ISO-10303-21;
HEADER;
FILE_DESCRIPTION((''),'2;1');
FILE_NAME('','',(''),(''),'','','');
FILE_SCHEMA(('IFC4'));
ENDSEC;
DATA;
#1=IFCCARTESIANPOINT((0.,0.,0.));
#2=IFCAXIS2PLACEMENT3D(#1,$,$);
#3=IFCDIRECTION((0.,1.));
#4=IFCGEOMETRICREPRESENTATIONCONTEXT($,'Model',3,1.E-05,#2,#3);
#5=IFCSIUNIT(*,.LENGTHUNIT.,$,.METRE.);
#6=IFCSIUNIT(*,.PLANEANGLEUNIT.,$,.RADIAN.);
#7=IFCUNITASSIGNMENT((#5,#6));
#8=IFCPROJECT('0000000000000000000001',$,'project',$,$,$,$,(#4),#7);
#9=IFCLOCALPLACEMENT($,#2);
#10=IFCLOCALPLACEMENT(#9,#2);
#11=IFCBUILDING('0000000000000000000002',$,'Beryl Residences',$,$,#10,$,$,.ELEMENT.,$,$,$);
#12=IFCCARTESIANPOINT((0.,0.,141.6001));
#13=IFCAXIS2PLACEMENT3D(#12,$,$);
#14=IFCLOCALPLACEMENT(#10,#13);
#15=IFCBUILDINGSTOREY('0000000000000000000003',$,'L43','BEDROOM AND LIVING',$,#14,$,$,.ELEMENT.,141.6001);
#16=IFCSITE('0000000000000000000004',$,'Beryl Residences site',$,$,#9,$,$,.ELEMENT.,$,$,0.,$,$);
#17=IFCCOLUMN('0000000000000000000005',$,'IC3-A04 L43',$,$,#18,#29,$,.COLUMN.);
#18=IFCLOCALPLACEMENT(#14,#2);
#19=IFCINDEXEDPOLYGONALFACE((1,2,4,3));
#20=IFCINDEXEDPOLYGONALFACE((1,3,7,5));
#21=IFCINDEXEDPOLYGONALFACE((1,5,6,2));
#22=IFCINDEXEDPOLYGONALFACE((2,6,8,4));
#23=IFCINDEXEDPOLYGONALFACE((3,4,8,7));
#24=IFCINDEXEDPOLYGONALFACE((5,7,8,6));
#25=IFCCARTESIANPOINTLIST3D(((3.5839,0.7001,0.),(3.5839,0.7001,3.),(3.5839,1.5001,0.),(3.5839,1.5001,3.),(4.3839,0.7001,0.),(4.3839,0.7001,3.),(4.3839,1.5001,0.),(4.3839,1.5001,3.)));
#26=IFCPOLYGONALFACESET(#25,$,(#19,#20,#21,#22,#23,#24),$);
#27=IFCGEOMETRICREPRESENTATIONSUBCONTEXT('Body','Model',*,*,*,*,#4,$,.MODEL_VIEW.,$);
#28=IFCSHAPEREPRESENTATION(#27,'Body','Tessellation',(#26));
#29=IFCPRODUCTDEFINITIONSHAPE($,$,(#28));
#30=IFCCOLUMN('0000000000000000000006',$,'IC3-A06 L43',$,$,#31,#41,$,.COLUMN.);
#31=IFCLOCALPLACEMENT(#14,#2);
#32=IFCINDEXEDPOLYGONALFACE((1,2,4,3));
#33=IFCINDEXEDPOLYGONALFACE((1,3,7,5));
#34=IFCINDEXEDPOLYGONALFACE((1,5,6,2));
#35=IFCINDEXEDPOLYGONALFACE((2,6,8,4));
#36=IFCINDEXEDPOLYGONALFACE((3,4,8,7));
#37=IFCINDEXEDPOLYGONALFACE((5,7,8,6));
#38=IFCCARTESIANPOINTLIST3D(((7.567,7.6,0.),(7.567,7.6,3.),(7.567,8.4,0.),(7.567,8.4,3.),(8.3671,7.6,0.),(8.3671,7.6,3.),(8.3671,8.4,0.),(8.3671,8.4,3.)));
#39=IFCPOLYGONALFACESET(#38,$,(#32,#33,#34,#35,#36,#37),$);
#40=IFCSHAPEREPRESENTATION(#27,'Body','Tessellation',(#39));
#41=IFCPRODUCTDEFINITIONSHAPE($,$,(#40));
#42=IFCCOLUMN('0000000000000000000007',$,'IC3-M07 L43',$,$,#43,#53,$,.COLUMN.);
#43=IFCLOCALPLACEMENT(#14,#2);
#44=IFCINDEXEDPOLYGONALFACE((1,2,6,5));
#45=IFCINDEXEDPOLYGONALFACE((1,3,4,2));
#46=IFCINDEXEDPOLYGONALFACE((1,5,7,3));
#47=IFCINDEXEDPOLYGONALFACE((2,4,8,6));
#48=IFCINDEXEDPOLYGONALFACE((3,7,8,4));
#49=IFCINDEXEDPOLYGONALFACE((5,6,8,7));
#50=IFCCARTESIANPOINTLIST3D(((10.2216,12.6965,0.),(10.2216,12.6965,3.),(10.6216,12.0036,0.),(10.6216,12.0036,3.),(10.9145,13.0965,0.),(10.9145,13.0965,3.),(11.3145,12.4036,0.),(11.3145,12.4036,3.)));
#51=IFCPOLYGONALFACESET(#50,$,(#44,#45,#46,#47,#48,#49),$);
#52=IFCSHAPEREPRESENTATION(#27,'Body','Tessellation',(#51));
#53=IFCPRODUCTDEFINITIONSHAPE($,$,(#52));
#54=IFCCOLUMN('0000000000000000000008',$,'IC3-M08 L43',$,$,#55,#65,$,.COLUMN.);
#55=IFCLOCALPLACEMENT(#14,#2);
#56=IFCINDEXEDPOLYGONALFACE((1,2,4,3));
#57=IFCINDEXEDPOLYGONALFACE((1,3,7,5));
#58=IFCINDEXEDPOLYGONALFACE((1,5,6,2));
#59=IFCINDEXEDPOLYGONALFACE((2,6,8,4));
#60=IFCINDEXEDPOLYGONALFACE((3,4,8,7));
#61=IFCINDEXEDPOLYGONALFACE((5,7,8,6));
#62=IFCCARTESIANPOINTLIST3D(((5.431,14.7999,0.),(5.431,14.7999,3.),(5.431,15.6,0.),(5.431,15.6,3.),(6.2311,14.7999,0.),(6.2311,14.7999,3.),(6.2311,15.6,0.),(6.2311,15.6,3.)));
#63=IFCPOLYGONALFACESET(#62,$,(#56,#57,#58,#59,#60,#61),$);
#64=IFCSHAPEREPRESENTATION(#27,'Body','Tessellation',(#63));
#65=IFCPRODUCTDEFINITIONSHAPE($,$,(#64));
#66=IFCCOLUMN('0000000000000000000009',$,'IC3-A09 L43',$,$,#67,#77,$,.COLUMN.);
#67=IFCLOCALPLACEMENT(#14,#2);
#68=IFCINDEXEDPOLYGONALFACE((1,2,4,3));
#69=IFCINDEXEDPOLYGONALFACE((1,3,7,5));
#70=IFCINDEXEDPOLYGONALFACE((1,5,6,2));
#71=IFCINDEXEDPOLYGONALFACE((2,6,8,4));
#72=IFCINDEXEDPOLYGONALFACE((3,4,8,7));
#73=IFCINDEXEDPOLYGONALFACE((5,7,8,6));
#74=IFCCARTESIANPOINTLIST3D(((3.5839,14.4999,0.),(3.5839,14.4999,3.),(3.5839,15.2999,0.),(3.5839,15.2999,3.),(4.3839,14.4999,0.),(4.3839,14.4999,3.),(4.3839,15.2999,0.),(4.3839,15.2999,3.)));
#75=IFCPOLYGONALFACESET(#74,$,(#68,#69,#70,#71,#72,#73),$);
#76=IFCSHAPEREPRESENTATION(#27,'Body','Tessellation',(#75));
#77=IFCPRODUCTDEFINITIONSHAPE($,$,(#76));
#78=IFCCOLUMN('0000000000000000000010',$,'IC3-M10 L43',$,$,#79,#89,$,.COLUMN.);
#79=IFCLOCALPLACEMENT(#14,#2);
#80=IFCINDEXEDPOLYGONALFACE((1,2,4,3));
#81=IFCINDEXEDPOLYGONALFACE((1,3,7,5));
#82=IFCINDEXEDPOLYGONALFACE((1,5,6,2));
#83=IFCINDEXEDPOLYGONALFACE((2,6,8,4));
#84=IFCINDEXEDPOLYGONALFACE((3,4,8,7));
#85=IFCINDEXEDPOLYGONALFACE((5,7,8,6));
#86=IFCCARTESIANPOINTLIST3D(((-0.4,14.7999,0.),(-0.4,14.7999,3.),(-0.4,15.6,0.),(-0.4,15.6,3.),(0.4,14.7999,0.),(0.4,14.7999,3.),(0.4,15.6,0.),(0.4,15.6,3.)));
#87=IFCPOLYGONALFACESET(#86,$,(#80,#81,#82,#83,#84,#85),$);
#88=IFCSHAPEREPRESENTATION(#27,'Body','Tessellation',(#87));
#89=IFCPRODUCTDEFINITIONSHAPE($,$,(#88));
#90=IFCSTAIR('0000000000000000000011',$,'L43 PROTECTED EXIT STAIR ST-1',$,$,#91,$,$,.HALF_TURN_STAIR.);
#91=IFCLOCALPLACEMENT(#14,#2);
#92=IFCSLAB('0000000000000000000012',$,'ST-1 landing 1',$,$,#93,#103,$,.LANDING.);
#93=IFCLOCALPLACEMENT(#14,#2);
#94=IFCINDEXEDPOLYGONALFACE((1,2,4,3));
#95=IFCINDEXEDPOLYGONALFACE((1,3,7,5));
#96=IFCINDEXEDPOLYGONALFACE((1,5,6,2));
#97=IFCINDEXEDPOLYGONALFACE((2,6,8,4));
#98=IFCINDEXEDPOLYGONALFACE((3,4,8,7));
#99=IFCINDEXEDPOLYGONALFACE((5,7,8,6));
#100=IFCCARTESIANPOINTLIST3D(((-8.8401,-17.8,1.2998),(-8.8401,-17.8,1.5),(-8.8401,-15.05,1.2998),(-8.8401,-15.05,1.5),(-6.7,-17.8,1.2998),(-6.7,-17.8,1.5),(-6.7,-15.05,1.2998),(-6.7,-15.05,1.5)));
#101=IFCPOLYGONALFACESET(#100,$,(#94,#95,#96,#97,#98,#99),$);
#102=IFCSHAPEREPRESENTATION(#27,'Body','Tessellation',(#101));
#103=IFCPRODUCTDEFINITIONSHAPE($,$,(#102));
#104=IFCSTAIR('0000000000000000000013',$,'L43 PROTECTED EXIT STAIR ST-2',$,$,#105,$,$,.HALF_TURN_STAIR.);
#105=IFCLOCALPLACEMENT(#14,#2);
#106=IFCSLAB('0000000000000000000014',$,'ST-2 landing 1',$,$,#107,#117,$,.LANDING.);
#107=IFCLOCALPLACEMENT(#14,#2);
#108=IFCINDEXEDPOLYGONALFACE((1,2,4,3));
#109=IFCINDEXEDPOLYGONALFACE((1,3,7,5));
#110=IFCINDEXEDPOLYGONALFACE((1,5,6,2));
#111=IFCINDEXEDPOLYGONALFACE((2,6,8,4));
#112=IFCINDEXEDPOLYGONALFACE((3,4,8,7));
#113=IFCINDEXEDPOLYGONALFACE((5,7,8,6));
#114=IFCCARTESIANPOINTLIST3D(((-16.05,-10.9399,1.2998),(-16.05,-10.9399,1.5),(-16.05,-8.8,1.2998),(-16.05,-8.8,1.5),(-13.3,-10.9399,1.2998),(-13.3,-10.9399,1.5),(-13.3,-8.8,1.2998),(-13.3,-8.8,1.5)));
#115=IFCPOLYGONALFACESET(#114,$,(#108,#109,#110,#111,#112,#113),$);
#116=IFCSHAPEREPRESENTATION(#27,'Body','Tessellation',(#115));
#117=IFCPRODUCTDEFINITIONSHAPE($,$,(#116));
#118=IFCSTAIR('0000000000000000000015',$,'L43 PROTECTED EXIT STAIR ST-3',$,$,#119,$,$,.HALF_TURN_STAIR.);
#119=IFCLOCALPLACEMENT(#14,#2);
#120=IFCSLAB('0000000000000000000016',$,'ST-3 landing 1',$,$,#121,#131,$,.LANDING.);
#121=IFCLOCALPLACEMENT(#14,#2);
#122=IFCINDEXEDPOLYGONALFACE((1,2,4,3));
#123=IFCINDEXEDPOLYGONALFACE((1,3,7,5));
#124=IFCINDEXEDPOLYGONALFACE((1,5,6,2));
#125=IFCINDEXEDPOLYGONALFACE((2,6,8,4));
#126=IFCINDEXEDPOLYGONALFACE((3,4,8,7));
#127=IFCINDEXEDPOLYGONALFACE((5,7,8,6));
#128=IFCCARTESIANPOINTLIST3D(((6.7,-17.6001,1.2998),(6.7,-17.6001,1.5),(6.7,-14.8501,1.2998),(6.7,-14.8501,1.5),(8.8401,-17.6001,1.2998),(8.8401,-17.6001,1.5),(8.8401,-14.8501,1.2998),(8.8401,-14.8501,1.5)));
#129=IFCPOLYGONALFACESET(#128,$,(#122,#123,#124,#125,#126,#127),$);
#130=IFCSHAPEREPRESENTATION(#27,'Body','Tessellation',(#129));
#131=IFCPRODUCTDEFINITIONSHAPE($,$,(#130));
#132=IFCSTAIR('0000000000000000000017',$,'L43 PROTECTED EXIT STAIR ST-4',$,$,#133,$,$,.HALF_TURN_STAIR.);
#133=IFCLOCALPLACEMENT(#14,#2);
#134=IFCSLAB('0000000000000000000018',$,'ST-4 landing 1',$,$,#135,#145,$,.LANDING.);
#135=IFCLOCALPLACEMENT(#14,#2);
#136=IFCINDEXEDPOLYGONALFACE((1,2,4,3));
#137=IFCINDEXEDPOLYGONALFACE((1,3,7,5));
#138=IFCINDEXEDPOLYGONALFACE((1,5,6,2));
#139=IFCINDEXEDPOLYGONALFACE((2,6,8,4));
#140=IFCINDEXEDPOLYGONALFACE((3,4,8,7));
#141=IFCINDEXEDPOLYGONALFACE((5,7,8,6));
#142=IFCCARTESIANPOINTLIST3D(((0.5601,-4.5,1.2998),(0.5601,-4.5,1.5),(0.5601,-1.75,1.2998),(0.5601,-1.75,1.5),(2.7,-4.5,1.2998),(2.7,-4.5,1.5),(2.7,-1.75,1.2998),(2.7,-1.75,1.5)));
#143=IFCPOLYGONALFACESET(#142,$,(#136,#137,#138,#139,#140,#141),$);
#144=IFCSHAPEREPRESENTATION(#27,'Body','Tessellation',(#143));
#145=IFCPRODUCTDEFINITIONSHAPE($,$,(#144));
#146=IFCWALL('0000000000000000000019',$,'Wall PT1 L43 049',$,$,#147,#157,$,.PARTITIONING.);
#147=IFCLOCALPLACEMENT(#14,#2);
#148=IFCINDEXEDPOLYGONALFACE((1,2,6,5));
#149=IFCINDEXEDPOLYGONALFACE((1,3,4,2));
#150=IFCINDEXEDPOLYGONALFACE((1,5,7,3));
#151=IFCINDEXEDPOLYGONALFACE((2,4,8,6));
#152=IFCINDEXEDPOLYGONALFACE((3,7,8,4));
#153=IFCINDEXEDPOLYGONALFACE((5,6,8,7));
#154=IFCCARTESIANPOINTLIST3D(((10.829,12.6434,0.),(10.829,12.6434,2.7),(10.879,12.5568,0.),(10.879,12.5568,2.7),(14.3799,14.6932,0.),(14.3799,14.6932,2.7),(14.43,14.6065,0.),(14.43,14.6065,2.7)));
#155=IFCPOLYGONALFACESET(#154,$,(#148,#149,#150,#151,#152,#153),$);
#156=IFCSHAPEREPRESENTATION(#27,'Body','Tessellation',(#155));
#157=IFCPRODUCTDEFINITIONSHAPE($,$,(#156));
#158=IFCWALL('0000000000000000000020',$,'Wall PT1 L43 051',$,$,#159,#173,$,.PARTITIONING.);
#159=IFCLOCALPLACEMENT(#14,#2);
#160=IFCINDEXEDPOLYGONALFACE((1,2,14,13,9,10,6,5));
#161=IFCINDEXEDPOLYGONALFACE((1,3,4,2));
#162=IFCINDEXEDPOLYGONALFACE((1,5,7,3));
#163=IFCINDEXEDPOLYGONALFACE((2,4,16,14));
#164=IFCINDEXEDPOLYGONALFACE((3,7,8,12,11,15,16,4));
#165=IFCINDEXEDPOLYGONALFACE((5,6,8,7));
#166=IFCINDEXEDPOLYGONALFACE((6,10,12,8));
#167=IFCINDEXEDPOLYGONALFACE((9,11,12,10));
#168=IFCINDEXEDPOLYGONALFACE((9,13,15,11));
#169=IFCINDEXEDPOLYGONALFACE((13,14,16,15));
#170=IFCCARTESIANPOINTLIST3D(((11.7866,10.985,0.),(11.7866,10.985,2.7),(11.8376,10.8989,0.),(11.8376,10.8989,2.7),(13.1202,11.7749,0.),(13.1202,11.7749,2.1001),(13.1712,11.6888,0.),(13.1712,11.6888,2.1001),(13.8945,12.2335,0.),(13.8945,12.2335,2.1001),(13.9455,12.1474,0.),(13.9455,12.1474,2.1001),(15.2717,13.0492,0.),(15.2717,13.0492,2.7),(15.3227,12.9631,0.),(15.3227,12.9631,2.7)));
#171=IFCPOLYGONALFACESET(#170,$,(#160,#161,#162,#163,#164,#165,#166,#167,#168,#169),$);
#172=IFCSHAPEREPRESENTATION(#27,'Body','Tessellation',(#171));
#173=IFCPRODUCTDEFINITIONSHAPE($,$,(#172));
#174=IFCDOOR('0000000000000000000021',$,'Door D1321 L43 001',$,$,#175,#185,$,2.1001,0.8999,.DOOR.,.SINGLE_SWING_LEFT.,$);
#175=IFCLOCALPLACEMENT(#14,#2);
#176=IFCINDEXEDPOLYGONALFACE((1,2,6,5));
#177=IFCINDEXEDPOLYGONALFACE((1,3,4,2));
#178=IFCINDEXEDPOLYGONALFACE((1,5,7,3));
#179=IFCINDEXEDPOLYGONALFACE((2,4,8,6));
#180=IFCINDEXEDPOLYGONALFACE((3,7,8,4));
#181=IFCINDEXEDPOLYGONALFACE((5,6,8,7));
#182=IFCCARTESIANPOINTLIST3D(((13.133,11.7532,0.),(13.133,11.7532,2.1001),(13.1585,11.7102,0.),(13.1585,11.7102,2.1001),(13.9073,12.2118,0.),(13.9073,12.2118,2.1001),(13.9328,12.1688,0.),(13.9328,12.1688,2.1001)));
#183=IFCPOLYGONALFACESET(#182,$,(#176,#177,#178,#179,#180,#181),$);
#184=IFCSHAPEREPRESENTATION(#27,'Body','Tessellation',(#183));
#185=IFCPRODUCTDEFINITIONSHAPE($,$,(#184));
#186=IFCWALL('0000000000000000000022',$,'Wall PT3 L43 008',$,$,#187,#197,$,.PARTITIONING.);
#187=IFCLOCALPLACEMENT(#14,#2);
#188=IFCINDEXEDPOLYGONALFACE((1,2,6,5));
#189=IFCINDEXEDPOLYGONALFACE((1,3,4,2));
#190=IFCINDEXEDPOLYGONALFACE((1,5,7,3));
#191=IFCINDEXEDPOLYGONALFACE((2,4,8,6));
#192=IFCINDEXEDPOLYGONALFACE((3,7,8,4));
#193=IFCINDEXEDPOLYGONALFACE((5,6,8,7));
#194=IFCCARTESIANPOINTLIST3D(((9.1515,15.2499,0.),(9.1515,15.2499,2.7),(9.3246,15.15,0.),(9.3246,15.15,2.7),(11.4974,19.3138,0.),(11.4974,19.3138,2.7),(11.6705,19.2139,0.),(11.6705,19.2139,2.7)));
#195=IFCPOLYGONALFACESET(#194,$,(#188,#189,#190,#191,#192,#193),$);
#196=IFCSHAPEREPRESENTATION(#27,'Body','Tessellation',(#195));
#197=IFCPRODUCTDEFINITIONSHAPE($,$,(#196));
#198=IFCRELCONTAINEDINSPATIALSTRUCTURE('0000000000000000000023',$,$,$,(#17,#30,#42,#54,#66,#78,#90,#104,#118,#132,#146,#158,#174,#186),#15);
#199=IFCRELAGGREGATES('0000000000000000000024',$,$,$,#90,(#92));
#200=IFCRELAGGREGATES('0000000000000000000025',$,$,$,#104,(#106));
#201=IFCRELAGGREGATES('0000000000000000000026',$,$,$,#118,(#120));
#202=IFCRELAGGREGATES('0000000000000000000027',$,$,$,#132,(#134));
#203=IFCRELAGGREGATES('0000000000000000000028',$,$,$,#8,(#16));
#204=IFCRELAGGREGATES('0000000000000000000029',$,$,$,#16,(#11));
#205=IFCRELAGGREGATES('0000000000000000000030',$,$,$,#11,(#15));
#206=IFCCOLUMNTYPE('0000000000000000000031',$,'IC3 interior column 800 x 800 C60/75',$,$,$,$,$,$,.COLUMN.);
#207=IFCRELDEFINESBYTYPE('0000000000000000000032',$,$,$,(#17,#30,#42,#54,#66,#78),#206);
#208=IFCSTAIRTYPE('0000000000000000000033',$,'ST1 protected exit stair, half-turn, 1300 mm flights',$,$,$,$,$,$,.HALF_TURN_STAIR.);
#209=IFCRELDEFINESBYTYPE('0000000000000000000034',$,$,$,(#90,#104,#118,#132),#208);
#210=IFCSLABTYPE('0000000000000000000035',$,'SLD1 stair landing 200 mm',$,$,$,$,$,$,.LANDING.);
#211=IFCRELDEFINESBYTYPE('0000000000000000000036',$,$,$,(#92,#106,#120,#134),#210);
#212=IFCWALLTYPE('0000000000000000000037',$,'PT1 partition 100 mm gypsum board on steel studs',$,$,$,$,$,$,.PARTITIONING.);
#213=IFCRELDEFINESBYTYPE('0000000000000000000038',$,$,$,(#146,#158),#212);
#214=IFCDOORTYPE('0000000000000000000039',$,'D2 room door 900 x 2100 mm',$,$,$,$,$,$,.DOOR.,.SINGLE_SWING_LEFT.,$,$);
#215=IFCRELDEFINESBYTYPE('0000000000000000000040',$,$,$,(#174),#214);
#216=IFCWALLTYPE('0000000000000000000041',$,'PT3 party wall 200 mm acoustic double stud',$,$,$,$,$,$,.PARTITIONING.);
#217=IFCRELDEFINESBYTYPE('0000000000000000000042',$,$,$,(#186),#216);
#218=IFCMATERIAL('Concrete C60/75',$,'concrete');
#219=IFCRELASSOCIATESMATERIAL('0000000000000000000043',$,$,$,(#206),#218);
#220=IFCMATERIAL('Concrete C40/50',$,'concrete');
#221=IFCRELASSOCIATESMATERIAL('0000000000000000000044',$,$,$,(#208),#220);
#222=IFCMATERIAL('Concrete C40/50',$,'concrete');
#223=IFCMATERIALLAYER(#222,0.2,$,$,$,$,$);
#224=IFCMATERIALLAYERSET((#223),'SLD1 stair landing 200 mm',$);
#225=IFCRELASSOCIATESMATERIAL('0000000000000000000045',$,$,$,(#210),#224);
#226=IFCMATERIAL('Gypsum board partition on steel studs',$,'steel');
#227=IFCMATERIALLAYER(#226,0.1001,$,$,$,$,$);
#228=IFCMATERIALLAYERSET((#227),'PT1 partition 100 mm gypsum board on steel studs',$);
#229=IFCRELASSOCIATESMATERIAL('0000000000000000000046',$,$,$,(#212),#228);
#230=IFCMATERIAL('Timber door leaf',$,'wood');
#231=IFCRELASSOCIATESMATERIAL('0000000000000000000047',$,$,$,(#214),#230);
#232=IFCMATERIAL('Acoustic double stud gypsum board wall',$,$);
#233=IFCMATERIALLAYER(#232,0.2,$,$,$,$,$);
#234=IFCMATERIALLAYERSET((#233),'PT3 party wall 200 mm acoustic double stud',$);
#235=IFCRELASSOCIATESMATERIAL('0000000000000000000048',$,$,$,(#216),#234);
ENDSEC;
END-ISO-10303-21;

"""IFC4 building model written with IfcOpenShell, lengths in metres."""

from ifc_helpers import new_model, si_unit, direction, frame, frame_2d, origin, origin_2d, place, context, subcontext, project, spatial, polyline, rectangle, outline, extrude, material, layer, layer_set, material_profile, profile_set, type_object, element, fill, aggregate, save


model = new_model("IFC4")

# Units and contexts
model_context = context("Model", 3, precision=1e-05, world=origin(), true_north=direction((0.0, 1.0)))
body_context = subcontext(model_context, "Body", "Model", "MODEL_VIEW")
ifc_project = project(units=[si_unit("LENGTHUNIT", "METRE"), si_unit("PLANEANGLEUNIT", "RADIAN")], contexts=[model_context])

# Site, building, storey
site_placement = place(None, origin())
site = spatial("IfcSite", under=ifc_project, at=site_placement, Name="Beryl Residences site", CompositionType="ELEMENT", RefElevation=0.0)
building_placement = place(site_placement, origin())
building = spatial("IfcBuilding", under=site, at=building_placement, Name="Beryl Residences", CompositionType="ELEMENT")
storey_placement = place(building_placement, frame((0.0, 0.0, 141.6001)))
storey = spatial("IfcBuildingStorey", under=building, at=storey_placement, Name="L43", Description="BEDROOM AND LIVING", CompositionType="ELEMENT", Elevation=141.6001)

# Columns
ifc_material_1 = material(Name="Concrete C60/75", Category="concrete")
ifc_material_profile = material_profile(ifc_material_1, rectangle(XDim=0.8, YDim=0.8, at=origin_2d()))
ifc_profile_set = profile_set([ifc_material_profile], Name="Concrete C60/75")
column_type = type_object("IfcColumnType", Name="IC3 interior column 800 x 800 C60/75", PredefinedType="COLUMN", material=ifc_profile_set)
for number, where, z_axis, x_axis, name in (
    (1, (3.9839, 1.1001, 0.0), (0.0, 0.0, 1.0), (1.0, 0.0, 0.0), "IC3-A04 L43"),
    (2, (7.967, 8.0, 0.0), (0.0, 0.0, 1.0), (1.0, 0.0, 0.0), "IC3-A06 L43"),
    (3, (10.7681, 12.55, 0.0), (0.0, 0.0, 1.0), (-0.5, 0.866025, 0.0), "IC3-M07 L43"),
    (4, (5.8311, 15.2, 0.0), (0.0, 0.0, 1.0), (-1.0, 0.0, 0.0), "IC3-M08 L43"),
    (5, (3.9839, 14.8999, 0.0), (0.0, 0.0, 1.0), (1.0, 0.0, 0.0), "IC3-A09 L43"),
    (6, (0.0, 15.2, 0.0), (0.0, 0.0, 1.0), (-1.0, 0.0, 0.0), "IC3-M10 L43"),
):
    element("IfcColumn", number, at=place(storey_placement, frame(where, z_axis=z_axis, x_axis=x_axis)), inside=storey, type_object=column_type, Name=name, PredefinedType="COLUMN", context=body_context, shape_type="SweptSolid", body=[
        extrude(rectangle(XDim=0.8, YDim=0.8, at=origin_2d()), origin(), (0.0, 0.0, 1.0), 3.0),
    ])

# Stairs, slabs
ifc_material_2 = material(Name="Concrete C40/50", Category="concrete")
stair_type = type_object("IfcStairType", Name="ST1 protected exit stair, half-turn, 1300 mm flights", PredefinedType="HALF_TURN_STAIR", material=ifc_material_2)
stair_1_placement = place(storey_placement, origin())
stair_1 = element("IfcStair", 7, at=stair_1_placement, inside=storey, type_object=stair_type, Name="L43 PROTECTED EXIT STAIR ST-1", PredefinedType="HALF_TURN_STAIR")
ifc_material_3 = material(Name="Concrete C40/50", Category="concrete")
ifc_layer_1 = layer(ifc_material_3, 0.2)
ifc_layer_set_1 = layer_set([ifc_layer_1], Name="SLD1 stair landing 200 mm")
slab_type_1 = type_object("IfcSlabType", Name="SLD1 stair landing 200 mm", PredefinedType="LANDING", material=ifc_layer_set_1)
slab_1_placement = place(storey_placement, frame((0.0, 0.0, 1.2998)))
slab_1 = element("IfcSlab", 8, at=slab_1_placement, type_object=slab_type_1, Name="ST-1 landing 1", PredefinedType="LANDING", context=body_context, shape_type="SweptSolid", body=[
    extrude(outline(polyline([(-8.8401, -17.8), (-6.7, -17.8), (-6.7, -15.05), (-8.8401, -15.05), (-8.8401, -17.8)])), origin(), (0.0, 0.0, 1.0), 0.2002),
])
aggregate(stair_1, [slab_1])
stair_2_placement = place(storey_placement, origin())
stair_2 = element("IfcStair", 9, at=stair_2_placement, inside=storey, type_object=stair_type, Name="L43 PROTECTED EXIT STAIR ST-2", PredefinedType="HALF_TURN_STAIR")
slab_2_placement = place(storey_placement, frame((0.0, 0.0, 1.2998)))
slab_2 = element("IfcSlab", 10, at=slab_2_placement, type_object=slab_type_1, Name="ST-2 landing 1", PredefinedType="LANDING", context=body_context, shape_type="SweptSolid", body=[
    extrude(outline(polyline([(-13.3, -10.9399), (-13.3, -8.8), (-16.05, -8.8), (-16.05, -10.9399), (-13.3, -10.9399)])), origin(), (0.0, 0.0, 1.0), 0.2002),
])
aggregate(stair_2, [slab_2])
stair_3_placement = place(storey_placement, origin())
stair_3 = element("IfcStair", 11, at=stair_3_placement, inside=storey, type_object=stair_type, Name="L43 PROTECTED EXIT STAIR ST-3", PredefinedType="HALF_TURN_STAIR")
slab_3_placement = place(storey_placement, frame((0.0, 0.0, 1.2998)))
slab_3 = element("IfcSlab", 12, at=slab_3_placement, type_object=slab_type_1, Name="ST-3 landing 1", PredefinedType="LANDING", context=body_context, shape_type="SweptSolid", body=[
    extrude(outline(polyline([(8.8401, -14.8501), (6.7, -14.8501), (6.7, -17.6001), (8.8401, -17.6001), (8.8401, -14.8501)])), origin(), (0.0, 0.0, 1.0), 0.2002),
])
aggregate(stair_3, [slab_3])
stair_4_placement = place(storey_placement, origin())
stair_4 = element("IfcStair", 13, at=stair_4_placement, inside=storey, type_object=stair_type, Name="L43 PROTECTED EXIT STAIR ST-4", PredefinedType="HALF_TURN_STAIR")
slab_4_placement = place(storey_placement, frame((0.0, 0.0, 1.2998)))
slab_4 = element("IfcSlab", 14, at=slab_4_placement, type_object=slab_type_1, Name="ST-4 landing 1", PredefinedType="LANDING", context=body_context, shape_type="SweptSolid", body=[
    extrude(outline(polyline([(0.5601, -4.5), (2.7, -4.5), (2.7, -1.75), (0.5601, -1.75), (0.5601, -4.5)])), origin(), (0.0, 0.0, 1.0), 0.2002),
])
aggregate(stair_4, [slab_4])

# Wall
ifc_material_4 = material(Name="Gypsum board partition on steel studs", Category="steel")
ifc_layer_2 = layer(ifc_material_4, 0.1001)
ifc_layer_set_2 = layer_set([ifc_layer_2], Name="PT1 partition 100 mm gypsum board on steel studs")
wall_type_1 = type_object("IfcWallType", Name="PT1 partition 100 mm gypsum board on steel studs", PredefinedType="PARTITIONING", material=ifc_layer_set_2)
wall_1_placement = place(storey_placement, frame((10.854, 12.6001, 0.0), z_axis=(0.0, 0.0, 1.0), x_axis=(0.866066, 0.49993, 0.0)))
element("IfcWall", 15, at=wall_1_placement, inside=storey, type_object=wall_type_1, Name="Wall PT1 L43 049", PredefinedType="PARTITIONING", context=body_context, shape_type="SweptSolid", body=[
    extrude(rectangle(XDim=4.1001, YDim=0.1001, at=frame_2d((2.05, 0.0))), origin(), (0.0, 0.0, 1.0), 2.7),
])

# Wall, opening, door
wall_2_placement = place(storey_placement, frame((11.812, 10.9419, 0.0), z_axis=(0.0, 0.0, 1.0), x_axis=(0.860404, 0.509612, 0.0)))
wall_2 = element("IfcWall", 16, at=wall_2_placement, inside=storey, type_object=wall_type_1, Name="Wall PT1 L43 051", PredefinedType="PARTITIONING", context=body_context, shape_type="SweptSolid", body=[
    extrude(rectangle(XDim=4.0505, YDim=0.1001, at=frame_2d((2.0254, 0.0))), origin(), (0.0, 0.0, 1.0), 2.7),
])
opening_1_placement = place(wall_2_placement, frame((1.55, 0.0, 0.0)))
opening_1 = element("IfcOpeningElement", 17, at=opening_1_placement, cuts=wall_2, PredefinedType="OPENING", context=body_context, shape_type="SweptSolid", body=[
    extrude(rectangle(XDim=0.8999, YDim=2.1001, at=frame_2d((0.45, 1.05))), frame((0.0, 0.0601, 0.0), z_axis=(0.0, -1.0, 0.0), x_axis=(1.0, 0.0, 0.0)), (0.0, 0.0, 1.0), 0.1201),
])
ifc_material_5 = material(Name="Timber door leaf", Category="wood")
door_type_1 = type_object("IfcDoorType", Name="D2 room door 900 x 2100 mm", OperationType="SINGLE_SWING_LEFT", PredefinedType="DOOR", material=ifc_material_5)
door_1_placement = place(opening_1_placement, origin())
door_1 = element("IfcDoor", 18, at=door_1_placement, inside=storey, type_object=door_type_1, Name="Door D1321 L43 001", OperationType="SINGLE_SWING_LEFT", OverallHeight=2.1001, OverallWidth=0.8999, PredefinedType="DOOR", context=body_context, shape_type="SweptSolid", body=[
    extrude(rectangle(XDim=0.8999, YDim=2.1001, at=frame_2d((0.45, 1.05))), frame((0.0, 0.0249, 0.0), z_axis=(0.0, -1.0, 0.0), x_axis=(1.0, 0.0, 0.0)), (0.0, 0.0, 1.0), 0.05),
])
fill(opening_1, door_1)

# Wall
ifc_material_6 = material(Name="Acoustic double stud gypsum board wall")
ifc_layer_3 = layer(ifc_material_6, 0.2)
ifc_layer_set_3 = layer_set([ifc_layer_3], Name="PT3 party wall 200 mm acoustic double stud")
wall_type_2 = type_object("IfcWallType", Name="PT3 party wall 200 mm acoustic double stud", PredefinedType="PARTITIONING", material=ifc_layer_set_3)
wall_3_placement = place(storey_placement, frame((9.238, 15.2, 0.0), z_axis=(0.0, 0.0, 1.0), x_axis=(0.499939, 0.866061, 0.0)))
element("IfcWall", 19, at=wall_3_placement, inside=storey, type_object=wall_type_2, Name="Wall PT3 L43 008", PredefinedType="PARTITIONING", context=body_context, shape_type="SweptSolid", body=[
    extrude(rectangle(XDim=4.6924, YDim=0.2, at=frame_2d((2.3462, 0.0))), origin(), (0.0, 0.0, 1.0), 2.7),
])

save(model, "model.ifc")
